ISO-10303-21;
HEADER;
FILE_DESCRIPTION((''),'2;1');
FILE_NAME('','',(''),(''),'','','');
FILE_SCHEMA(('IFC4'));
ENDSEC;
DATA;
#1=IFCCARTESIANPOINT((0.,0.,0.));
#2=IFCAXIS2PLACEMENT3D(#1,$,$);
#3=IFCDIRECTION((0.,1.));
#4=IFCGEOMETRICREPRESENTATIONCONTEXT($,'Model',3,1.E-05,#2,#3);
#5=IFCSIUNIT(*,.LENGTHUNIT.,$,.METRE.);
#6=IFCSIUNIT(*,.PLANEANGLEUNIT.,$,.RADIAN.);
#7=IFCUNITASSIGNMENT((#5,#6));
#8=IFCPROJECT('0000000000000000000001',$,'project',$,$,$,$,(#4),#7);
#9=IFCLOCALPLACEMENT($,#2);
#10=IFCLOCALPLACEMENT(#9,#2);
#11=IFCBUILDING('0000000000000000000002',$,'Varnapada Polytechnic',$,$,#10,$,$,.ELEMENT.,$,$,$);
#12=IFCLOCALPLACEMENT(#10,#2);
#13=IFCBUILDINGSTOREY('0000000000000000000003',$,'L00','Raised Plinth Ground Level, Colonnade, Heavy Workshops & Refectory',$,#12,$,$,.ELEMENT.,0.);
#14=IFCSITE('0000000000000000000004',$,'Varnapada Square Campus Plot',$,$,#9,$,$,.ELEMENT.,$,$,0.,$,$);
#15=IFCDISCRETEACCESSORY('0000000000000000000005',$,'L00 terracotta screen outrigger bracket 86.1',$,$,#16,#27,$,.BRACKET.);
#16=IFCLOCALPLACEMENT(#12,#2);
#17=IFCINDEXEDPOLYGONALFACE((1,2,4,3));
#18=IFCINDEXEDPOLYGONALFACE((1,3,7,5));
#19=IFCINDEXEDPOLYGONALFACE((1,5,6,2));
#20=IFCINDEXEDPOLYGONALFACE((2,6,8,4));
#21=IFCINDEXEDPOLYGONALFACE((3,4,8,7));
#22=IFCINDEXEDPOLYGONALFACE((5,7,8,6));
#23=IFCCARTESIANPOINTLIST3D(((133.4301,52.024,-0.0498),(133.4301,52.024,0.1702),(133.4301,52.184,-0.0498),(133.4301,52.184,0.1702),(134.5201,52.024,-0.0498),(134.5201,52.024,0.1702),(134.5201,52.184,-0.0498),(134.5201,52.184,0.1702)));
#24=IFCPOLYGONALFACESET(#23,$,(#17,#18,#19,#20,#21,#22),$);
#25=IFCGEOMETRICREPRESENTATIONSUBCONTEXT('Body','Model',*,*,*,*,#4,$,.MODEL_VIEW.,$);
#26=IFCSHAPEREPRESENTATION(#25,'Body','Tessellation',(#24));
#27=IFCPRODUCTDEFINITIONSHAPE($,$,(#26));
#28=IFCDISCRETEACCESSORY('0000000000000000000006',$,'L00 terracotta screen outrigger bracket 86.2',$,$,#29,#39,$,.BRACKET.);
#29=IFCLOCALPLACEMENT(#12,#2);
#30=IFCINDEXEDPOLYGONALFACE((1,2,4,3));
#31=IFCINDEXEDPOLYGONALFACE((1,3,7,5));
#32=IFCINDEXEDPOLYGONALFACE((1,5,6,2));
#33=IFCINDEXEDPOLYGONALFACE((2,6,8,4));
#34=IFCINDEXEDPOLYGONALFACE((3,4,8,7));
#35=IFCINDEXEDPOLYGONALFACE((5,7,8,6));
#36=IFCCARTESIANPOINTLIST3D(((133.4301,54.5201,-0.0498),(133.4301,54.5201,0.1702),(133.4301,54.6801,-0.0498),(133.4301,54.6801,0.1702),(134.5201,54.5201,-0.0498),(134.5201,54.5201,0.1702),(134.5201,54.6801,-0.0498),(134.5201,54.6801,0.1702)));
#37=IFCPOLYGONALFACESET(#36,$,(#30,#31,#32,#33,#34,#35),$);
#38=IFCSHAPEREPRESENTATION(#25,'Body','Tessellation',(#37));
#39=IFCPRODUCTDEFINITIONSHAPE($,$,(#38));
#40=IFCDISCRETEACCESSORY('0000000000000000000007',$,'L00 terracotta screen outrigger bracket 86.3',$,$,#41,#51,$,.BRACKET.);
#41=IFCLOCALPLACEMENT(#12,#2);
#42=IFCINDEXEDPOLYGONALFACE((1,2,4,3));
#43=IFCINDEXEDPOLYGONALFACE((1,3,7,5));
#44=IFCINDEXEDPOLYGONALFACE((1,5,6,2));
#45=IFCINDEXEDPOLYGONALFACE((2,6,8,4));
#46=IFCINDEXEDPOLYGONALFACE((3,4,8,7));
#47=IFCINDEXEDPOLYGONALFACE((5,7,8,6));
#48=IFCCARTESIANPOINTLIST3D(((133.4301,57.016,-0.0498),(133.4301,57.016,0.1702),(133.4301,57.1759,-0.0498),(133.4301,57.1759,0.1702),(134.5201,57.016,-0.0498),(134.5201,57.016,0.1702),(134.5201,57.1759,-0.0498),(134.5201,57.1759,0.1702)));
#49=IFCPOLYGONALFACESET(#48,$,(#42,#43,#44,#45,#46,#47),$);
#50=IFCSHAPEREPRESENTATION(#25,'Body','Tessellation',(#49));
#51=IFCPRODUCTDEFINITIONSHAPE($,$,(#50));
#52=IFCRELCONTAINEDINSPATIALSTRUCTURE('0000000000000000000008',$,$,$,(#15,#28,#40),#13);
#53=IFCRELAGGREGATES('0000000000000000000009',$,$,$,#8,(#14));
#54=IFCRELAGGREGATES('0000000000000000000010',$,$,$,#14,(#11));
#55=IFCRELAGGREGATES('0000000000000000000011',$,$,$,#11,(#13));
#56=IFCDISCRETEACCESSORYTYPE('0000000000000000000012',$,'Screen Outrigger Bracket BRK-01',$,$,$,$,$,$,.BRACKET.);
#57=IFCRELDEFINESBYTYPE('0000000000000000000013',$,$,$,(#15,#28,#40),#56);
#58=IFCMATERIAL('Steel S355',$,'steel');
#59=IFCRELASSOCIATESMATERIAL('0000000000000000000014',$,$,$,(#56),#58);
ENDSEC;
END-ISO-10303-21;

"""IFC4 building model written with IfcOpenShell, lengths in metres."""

from ifc_helpers import new_model, si_unit, direction, frame, origin, origin_2d, place, context, subcontext, project, spatial, rectangle, extrude, material, type_object, element, save


model = new_model("IFC4")

# Units and contexts
model_context = context("Model", 3, precision=1e-05, world=origin(), true_north=direction((0.0, 1.0)))
body_context = subcontext(model_context, "Body", "Model", "MODEL_VIEW")
ifc_project = project(units=[si_unit("LENGTHUNIT", "METRE"), si_unit("PLANEANGLEUNIT", "RADIAN")], contexts=[model_context])

# Site, building, storey
site_placement = place(None, origin())
site = spatial("IfcSite", under=ifc_project, at=site_placement, Name="Varnapada Square Campus Plot", CompositionType="ELEMENT", RefElevation=0.0)
building_placement = place(site_placement, origin())
building = spatial("IfcBuilding", under=site, at=building_placement, Name="Varnapada Polytechnic", CompositionType="ELEMENT")
storey_placement = place(building_placement, origin())
storey = spatial("IfcBuildingStorey", under=building, at=storey_placement, Name="L00", Description="Raised Plinth Ground Level, Colonnade, Heavy Workshops & Refectory", CompositionType="ELEMENT", Elevation=0.0)

# Discrete accessories
ifc_material_1 = material(Name="Steel S355", Category="steel")
discrete_accessory_type = type_object("IfcDiscreteAccessoryType", Name="Screen Outrigger Bracket BRK-01", PredefinedType="BRACKET", material=ifc_material_1)
for number, where, z_axis, x_axis, name in (
    (1, (133.9751, 52.104, -0.0498), (0.0, 0.0, 1.0), (0.0, 1.0, 0.0), "L00 terracotta screen outrigger bracket 86.1"),
    (2, (133.9751, 54.6001, -0.0498), (0.0, 0.0, 1.0), (0.0, 1.0, 0.0), "L00 terracotta screen outrigger bracket 86.2"),
    (3, (133.9751, 57.0959, -0.0498), (0.0, 0.0, 1.0), (0.0, 1.0, 0.0), "L00 terracotta screen outrigger bracket 86.3"),
):
    element("IfcDiscreteAccessory", number, at=place(storey_placement, frame(where, z_axis=z_axis, x_axis=x_axis)), inside=storey, type_object=discrete_accessory_type, Name=name, PredefinedType="BRACKET", context=body_context, shape_type="SweptSolid", body=[
        extrude(rectangle(XDim=0.1599, YDim=1.0901, at=origin_2d()), origin(), (0.0, 0.0, 1.0), 0.22),
    ])

save(model, "model.ifc")
